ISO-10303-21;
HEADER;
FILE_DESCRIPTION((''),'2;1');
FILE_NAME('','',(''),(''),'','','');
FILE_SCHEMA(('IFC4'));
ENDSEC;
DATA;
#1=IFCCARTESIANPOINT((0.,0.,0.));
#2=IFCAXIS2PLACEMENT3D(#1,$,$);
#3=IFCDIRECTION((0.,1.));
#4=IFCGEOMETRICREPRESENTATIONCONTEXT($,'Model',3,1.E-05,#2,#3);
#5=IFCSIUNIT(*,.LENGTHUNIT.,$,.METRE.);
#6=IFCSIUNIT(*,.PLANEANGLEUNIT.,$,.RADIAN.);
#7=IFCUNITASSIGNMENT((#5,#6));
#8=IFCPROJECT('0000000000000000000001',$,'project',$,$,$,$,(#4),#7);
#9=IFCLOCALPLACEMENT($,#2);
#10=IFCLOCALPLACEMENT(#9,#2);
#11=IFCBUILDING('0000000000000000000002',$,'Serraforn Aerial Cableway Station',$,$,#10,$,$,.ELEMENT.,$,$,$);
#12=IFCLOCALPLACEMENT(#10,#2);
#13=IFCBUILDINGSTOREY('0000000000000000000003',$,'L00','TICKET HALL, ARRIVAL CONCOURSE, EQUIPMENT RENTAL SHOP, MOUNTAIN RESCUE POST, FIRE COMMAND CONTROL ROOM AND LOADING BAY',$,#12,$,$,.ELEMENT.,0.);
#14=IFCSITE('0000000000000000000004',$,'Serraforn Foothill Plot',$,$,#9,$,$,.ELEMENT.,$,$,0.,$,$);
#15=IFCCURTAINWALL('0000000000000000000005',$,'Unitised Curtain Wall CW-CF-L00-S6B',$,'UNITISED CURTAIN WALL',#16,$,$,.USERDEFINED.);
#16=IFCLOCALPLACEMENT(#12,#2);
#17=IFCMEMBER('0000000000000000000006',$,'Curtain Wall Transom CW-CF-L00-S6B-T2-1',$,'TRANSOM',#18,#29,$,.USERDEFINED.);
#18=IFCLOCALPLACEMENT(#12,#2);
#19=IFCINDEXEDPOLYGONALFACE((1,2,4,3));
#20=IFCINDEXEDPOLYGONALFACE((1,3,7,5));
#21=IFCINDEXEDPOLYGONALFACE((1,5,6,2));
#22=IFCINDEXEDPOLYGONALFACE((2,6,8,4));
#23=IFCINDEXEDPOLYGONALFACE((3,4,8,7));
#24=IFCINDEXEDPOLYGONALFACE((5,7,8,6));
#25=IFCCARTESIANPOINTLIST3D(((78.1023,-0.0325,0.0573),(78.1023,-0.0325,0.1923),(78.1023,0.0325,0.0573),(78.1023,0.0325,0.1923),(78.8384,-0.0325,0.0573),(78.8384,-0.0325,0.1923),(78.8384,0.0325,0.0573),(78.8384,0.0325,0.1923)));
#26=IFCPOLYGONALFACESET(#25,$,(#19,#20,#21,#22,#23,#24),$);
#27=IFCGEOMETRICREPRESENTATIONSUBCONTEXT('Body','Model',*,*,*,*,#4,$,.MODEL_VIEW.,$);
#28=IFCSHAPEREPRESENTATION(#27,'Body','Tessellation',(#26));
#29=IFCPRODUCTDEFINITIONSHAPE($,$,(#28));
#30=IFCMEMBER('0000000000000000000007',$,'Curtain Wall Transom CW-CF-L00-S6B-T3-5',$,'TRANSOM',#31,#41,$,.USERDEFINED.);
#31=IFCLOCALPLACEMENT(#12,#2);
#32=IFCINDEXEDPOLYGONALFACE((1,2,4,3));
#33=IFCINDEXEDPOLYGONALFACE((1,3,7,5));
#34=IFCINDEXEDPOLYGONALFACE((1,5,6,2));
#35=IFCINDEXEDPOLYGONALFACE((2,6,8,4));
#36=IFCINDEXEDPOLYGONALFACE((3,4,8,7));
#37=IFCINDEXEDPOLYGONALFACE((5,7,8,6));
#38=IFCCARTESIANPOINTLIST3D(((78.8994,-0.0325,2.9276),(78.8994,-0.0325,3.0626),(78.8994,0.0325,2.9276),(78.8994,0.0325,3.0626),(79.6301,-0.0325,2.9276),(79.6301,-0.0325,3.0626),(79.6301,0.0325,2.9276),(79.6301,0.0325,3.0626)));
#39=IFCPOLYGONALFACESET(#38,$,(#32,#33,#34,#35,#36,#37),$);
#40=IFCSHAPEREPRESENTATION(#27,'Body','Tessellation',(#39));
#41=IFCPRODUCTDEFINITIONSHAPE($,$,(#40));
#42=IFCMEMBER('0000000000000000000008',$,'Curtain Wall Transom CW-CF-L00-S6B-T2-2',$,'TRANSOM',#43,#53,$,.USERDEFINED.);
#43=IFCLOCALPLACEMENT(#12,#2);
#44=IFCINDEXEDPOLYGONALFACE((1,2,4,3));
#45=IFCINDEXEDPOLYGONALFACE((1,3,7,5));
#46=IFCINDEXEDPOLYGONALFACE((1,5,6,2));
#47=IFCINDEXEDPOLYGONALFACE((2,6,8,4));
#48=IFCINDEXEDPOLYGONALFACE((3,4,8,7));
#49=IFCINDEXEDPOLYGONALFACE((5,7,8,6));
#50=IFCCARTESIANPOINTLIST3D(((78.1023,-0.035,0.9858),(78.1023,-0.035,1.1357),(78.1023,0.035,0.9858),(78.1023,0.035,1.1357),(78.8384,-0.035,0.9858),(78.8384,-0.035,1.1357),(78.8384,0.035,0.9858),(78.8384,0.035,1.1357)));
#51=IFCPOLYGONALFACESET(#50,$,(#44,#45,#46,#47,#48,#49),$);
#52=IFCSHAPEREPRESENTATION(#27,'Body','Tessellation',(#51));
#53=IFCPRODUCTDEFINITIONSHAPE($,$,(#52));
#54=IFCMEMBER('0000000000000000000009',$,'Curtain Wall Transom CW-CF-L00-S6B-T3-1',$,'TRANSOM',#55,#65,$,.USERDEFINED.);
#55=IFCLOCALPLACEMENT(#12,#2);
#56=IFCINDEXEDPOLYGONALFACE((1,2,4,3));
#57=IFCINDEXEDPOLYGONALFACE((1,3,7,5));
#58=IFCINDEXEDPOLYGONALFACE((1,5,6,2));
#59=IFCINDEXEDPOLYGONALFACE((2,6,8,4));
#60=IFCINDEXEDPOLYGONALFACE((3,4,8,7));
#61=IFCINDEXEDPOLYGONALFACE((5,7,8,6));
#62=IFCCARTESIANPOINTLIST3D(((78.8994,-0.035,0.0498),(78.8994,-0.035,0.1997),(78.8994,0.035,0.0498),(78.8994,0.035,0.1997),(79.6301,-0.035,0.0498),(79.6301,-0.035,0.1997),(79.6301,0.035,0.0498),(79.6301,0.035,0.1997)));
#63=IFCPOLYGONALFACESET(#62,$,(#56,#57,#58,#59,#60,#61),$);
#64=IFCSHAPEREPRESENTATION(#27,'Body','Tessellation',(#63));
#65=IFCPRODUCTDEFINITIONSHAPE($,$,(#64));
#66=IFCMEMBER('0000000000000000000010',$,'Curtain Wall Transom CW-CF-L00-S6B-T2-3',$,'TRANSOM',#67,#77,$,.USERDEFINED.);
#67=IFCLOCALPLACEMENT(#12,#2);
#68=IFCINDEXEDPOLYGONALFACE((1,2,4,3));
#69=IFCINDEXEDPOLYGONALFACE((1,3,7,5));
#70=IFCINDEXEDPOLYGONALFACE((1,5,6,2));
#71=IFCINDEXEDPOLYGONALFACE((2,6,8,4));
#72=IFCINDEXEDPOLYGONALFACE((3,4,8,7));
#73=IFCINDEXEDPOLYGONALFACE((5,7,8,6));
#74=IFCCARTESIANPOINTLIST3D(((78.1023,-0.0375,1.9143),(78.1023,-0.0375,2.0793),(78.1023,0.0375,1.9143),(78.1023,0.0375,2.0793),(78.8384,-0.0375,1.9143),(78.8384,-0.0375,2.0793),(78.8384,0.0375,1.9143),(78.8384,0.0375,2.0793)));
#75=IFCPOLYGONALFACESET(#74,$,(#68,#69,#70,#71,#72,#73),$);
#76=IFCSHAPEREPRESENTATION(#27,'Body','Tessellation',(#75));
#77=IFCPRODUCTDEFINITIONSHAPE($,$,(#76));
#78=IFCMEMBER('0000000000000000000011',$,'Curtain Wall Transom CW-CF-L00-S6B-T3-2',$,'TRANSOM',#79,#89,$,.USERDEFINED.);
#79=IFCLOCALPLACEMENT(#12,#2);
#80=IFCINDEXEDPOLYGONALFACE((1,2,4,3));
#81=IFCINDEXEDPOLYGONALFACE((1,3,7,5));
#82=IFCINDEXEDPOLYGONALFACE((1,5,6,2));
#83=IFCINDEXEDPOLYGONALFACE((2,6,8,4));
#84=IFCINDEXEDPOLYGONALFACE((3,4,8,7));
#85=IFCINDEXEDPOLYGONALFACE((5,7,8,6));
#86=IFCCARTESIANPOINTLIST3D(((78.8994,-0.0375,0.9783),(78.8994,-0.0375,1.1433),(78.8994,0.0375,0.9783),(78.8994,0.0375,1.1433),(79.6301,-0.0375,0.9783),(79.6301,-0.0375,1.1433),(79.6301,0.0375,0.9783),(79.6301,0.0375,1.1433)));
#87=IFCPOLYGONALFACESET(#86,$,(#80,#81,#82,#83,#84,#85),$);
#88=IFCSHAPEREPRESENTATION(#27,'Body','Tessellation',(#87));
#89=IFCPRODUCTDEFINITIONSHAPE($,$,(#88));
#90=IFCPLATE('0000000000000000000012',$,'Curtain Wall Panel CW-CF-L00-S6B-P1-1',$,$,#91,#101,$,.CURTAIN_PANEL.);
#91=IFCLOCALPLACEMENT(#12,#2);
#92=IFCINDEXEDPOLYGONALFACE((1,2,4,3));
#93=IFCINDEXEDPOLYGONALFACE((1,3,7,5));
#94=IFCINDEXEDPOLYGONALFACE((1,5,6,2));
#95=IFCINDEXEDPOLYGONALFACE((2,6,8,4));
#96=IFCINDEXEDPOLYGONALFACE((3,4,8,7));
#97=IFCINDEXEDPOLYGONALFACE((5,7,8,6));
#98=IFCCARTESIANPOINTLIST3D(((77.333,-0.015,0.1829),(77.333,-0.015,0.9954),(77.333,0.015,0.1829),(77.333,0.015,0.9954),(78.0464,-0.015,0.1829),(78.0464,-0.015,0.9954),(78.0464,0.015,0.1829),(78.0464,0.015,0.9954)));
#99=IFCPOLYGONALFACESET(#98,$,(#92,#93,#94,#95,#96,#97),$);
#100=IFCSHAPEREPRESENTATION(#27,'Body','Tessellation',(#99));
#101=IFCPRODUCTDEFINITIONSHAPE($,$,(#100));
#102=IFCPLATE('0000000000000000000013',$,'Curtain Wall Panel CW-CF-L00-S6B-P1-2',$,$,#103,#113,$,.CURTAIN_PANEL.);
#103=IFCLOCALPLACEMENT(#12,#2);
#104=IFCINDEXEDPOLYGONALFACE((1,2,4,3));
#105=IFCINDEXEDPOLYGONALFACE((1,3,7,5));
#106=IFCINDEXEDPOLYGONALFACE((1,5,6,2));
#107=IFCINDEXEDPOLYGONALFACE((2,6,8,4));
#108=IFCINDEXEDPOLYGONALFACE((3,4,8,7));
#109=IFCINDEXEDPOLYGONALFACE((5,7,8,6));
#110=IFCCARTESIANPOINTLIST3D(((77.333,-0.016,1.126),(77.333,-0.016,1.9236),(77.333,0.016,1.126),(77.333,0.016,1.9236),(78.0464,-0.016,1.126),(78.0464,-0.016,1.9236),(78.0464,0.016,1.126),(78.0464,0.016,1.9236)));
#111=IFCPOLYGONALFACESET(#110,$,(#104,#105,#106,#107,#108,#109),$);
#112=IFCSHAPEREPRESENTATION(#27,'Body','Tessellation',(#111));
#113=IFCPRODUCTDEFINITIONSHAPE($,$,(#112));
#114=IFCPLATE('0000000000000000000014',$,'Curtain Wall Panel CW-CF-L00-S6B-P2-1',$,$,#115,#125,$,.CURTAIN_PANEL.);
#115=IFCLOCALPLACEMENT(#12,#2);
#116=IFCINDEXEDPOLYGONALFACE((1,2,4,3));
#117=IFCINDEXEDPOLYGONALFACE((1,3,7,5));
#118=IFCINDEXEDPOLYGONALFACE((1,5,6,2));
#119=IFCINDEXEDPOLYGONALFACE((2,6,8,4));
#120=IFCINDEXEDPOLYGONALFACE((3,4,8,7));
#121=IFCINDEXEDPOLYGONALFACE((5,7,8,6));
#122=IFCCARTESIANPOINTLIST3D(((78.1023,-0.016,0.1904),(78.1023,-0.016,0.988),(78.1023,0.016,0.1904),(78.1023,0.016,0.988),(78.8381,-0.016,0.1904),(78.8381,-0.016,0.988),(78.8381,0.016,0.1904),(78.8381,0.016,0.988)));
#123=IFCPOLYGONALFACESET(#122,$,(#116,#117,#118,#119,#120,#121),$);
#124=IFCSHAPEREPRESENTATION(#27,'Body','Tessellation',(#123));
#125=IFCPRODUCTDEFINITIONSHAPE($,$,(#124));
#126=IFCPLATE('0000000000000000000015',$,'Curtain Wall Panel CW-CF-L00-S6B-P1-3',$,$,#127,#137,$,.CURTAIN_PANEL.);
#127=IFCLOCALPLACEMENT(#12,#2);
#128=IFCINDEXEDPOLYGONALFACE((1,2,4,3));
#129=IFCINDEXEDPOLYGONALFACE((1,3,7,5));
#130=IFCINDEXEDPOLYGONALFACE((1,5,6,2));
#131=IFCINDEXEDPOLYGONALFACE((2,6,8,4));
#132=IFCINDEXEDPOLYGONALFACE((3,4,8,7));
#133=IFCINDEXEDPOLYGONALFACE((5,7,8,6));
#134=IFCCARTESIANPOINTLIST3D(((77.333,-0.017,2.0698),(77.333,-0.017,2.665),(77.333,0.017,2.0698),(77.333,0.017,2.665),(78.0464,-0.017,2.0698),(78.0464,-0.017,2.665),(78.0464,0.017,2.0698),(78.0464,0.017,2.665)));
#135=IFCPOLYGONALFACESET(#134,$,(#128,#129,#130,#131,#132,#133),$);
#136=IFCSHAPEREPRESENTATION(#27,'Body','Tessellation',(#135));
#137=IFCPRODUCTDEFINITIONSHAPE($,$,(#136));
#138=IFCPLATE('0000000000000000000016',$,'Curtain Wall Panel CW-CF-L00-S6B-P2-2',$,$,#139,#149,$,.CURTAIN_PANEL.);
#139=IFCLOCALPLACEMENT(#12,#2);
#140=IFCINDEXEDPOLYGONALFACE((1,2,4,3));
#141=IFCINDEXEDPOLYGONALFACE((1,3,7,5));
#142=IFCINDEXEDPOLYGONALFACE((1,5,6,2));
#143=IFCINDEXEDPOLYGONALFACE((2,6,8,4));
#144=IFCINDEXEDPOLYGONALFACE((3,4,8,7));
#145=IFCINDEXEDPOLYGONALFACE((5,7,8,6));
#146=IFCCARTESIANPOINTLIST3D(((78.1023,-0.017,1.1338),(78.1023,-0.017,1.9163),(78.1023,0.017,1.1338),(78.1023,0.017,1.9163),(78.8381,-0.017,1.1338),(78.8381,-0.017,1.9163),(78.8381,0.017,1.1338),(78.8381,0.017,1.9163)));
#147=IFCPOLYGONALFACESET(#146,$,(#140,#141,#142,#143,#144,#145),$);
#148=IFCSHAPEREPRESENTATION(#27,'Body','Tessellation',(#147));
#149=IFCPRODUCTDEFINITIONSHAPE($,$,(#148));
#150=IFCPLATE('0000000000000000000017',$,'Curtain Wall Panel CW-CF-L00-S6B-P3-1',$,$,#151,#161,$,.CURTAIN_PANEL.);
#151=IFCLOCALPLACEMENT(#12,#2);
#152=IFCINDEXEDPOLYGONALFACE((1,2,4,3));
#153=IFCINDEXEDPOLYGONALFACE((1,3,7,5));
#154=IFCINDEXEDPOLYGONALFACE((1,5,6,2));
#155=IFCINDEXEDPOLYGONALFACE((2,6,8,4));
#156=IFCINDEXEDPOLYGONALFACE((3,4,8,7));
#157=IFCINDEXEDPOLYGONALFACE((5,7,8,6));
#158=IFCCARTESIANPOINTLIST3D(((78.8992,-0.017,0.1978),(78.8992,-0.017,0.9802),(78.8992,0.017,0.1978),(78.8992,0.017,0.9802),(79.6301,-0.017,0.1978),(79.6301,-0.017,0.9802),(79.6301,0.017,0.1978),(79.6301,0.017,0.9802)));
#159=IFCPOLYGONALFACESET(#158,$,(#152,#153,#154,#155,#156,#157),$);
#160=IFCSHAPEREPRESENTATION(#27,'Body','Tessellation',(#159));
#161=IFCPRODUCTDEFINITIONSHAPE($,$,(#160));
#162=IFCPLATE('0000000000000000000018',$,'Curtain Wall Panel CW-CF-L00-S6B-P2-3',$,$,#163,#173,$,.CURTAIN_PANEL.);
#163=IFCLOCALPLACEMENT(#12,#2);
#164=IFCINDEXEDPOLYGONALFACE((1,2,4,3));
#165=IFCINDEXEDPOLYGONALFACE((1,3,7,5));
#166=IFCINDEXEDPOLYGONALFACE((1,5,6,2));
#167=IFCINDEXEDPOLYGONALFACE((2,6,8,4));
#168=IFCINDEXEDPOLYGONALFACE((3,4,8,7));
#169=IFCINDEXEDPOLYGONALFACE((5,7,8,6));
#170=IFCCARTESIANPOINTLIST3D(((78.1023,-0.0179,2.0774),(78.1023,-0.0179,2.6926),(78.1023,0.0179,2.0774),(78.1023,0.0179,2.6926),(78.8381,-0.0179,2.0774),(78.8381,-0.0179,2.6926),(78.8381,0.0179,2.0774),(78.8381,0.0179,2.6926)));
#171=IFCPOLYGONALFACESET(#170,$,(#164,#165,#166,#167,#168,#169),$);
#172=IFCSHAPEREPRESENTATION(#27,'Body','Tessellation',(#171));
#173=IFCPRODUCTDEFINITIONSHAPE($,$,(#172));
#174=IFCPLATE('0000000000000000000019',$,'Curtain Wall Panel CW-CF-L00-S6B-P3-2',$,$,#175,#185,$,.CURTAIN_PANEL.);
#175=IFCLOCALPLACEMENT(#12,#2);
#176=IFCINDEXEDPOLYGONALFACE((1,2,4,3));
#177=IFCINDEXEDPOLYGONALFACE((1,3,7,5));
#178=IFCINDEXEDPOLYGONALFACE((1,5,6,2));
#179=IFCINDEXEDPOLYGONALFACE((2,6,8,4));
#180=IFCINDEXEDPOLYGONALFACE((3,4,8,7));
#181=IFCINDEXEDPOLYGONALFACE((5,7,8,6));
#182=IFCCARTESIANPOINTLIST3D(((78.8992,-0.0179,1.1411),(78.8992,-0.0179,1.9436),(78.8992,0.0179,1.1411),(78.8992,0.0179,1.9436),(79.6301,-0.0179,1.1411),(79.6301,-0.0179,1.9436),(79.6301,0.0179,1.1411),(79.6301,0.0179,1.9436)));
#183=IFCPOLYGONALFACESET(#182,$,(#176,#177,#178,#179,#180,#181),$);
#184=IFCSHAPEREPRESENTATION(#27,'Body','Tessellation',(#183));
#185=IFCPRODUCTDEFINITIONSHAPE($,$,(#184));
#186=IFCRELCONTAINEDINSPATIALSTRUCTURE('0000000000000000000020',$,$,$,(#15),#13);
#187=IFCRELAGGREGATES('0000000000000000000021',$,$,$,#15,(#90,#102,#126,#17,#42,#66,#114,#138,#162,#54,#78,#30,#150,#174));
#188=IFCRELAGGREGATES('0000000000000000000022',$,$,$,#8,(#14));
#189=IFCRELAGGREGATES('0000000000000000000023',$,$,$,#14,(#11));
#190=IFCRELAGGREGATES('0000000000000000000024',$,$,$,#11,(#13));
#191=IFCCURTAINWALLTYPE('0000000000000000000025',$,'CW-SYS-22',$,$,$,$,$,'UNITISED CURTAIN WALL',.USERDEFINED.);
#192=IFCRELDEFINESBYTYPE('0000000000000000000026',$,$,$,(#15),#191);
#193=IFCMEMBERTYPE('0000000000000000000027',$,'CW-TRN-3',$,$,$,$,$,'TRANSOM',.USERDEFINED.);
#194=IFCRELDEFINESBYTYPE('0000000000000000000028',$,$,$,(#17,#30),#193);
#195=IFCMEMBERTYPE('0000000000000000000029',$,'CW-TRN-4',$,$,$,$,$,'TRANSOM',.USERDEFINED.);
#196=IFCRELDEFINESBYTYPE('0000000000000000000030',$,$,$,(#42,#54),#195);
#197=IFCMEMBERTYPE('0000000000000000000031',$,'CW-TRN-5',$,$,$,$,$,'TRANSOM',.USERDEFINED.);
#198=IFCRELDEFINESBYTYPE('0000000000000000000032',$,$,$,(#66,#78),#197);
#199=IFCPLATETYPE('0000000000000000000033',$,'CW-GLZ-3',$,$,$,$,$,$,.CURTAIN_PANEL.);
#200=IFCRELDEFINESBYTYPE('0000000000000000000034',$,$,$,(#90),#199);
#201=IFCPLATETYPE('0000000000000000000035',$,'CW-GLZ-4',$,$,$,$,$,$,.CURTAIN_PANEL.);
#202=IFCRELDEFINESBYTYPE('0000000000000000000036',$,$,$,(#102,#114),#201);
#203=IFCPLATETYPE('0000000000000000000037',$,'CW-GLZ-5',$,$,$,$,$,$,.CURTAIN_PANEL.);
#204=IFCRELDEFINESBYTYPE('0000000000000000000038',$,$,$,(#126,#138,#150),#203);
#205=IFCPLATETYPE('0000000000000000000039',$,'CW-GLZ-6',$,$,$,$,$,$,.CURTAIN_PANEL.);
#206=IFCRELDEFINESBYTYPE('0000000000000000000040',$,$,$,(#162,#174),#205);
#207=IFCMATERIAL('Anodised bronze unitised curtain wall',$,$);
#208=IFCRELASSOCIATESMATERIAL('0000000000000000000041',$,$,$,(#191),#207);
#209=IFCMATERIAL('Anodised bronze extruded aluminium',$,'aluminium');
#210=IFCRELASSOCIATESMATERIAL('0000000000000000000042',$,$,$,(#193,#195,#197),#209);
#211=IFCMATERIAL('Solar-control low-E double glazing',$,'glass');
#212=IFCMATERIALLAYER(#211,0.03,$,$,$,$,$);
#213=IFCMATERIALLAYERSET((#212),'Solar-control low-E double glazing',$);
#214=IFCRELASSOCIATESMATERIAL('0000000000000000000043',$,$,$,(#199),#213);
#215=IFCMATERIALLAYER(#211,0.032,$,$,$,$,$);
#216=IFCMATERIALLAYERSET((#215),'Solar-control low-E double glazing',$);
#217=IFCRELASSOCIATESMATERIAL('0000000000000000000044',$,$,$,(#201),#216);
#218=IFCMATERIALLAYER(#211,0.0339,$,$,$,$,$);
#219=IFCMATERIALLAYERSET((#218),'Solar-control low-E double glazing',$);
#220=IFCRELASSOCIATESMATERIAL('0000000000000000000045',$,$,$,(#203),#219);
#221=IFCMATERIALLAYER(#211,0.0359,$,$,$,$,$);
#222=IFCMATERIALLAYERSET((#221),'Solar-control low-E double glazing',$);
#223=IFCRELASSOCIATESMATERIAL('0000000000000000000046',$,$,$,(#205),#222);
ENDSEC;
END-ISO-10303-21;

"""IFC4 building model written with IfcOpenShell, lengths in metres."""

from ifc_helpers import new_model, si_unit, direction, frame, origin, origin_2d, place, context, subcontext, project, spatial, rectangle, extrude, material, layer, layer_set, material_profile, profile_set, type_object, element, aggregate, save


model = new_model("IFC4")

# Units and contexts
model_context = context("Model", 3, precision=1e-05, world=origin(), true_north=direction((0.0, 1.0)))
body_context = subcontext(model_context, "Body", "Model", "MODEL_VIEW")
ifc_project = project(units=[si_unit("LENGTHUNIT", "METRE"), si_unit("PLANEANGLEUNIT", "RADIAN")], contexts=[model_context])

# Site, building, storey
site_placement = place(None, origin())
site = spatial("IfcSite", under=ifc_project, at=site_placement, Name="Serraforn Foothill Plot", CompositionType="ELEMENT", RefElevation=0.0)
building_placement = place(site_placement, origin())
building = spatial("IfcBuilding", under=site, at=building_placement, Name="Serraforn Aerial Cableway Station", CompositionType="ELEMENT")
storey_placement = place(building_placement, origin())
storey = spatial("IfcBuildingStorey", under=building, at=storey_placement, Name="L00", Description="TICKET HALL, ARRIVAL CONCOURSE, EQUIPMENT RENTAL SHOP, MOUNTAIN RESCUE POST, FIRE COMMAND CONTROL ROOM AND LOADING BAY", CompositionType="ELEMENT", Elevation=0.0)

# Curtain wall, members, plates
ifc_material_1 = material(Name="Anodised bronze unitised curtain wall")
curtain_wall_type = type_object("IfcCurtainWallType", Name="CW-SYS-22", ElementType="UNITISED CURTAIN WALL", PredefinedType="USERDEFINED", material=ifc_material_1)
curtain_wall_placement = place(storey_placement, origin())
curtain_wall = element("IfcCurtainWall", 1, at=curtain_wall_placement, inside=storey, type_object=curtain_wall_type, Name="Unitised Curtain Wall CW-CF-L00-S6B", ObjectType="UNITISED CURTAIN WALL", PredefinedType="USERDEFINED")
ifc_material_2 = material(Name="Anodised bronze extruded aluminium", Category="aluminium")
ifc_material_profile_1 = material_profile(ifc_material_2, rectangle(XDim=0.0649, YDim=0.135, at=origin_2d()), Name="CW TRANSOM 65x135")
ifc_profile_set_1 = profile_set([ifc_material_profile_1], Name="Anodised bronze extruded aluminium")
member_type_1 = type_object("IfcMemberType", Name="CW-TRN-3", ElementType="TRANSOM", PredefinedType="USERDEFINED", material=ifc_profile_set_1)
member_1_placement = place(storey_placement, frame((78.1023, 0.0, 0.1248), z_axis=(1.0, 0.0, 0.0), x_axis=(0.0, 1.0, 0.0)))
member_1 = element("IfcMember", 2, at=member_1_placement, type_object=member_type_1, Name="Curtain Wall Transom CW-CF-L00-S6B-T2-1", ObjectType="TRANSOM", PredefinedType="USERDEFINED", context=body_context, shape_type="SweptSolid", body=[
    extrude(rectangle(XDim=0.0649, YDim=0.135, at=origin_2d()), origin(), (0.0, 0.0, 1.0), 0.7361),
])
member_2_placement = place(storey_placement, frame((78.8994, 0.0, 2.9951), z_axis=(1.0, 0.0, 0.0), x_axis=(0.0, 1.0, 0.0)))
member_2 = element("IfcMember", 3, at=member_2_placement, type_object=member_type_1, Name="Curtain Wall Transom CW-CF-L00-S6B-T3-5", ObjectType="TRANSOM", PredefinedType="USERDEFINED", context=body_context, shape_type="SweptSolid", body=[
    extrude(rectangle(XDim=0.0649, YDim=0.135, at=origin_2d()), origin(), (0.0, 0.0, 1.0), 0.7307),
])
ifc_material_profile_2 = material_profile(ifc_material_2, rectangle(XDim=0.0701, YDim=0.1499, at=origin_2d()), Name="CW TRANSOM 70x150")
ifc_profile_set_2 = profile_set([ifc_material_profile_2], Name="Anodised bronze extruded aluminium")
member_type_2 = type_object("IfcMemberType", Name="CW-TRN-4", ElementType="TRANSOM", PredefinedType="USERDEFINED", material=ifc_profile_set_2)
member_3_placement = place(storey_placement, frame((78.1023, 0.0, 1.0608), z_axis=(1.0, 0.0, 0.0), x_axis=(0.0, 1.0, 0.0)))
member_3 = element("IfcMember", 4, at=member_3_placement, type_object=member_type_2, Name="Curtain Wall Transom CW-CF-L00-S6B-T2-2", ObjectType="TRANSOM", PredefinedType="USERDEFINED", context=body_context, shape_type="SweptSolid", body=[
    extrude(rectangle(XDim=0.0701, YDim=0.1499, at=origin_2d()), origin(), (0.0, 0.0, 1.0), 0.7361),
])
member_4_placement = place(storey_placement, frame((78.8994, 0.0, 0.1248), z_axis=(1.0, 0.0, 0.0), x_axis=(0.0, 1.0, 0.0)))
member_4 = element("IfcMember", 5, at=member_4_placement, type_object=member_type_2, Name="Curtain Wall Transom CW-CF-L00-S6B-T3-1", ObjectType="TRANSOM", PredefinedType="USERDEFINED", context=body_context, shape_type="SweptSolid", body=[
    extrude(rectangle(XDim=0.0701, YDim=0.1499, at=origin_2d()), origin(), (0.0, 0.0, 1.0), 0.7307),
])
ifc_material_profile_3 = material_profile(ifc_material_2, rectangle(XDim=0.075, YDim=0.165, at=origin_2d()), Name="CW TRANSOM 75x165")
ifc_profile_set_3 = profile_set([ifc_material_profile_3], Name="Anodised bronze extruded aluminium")
member_type_3 = type_object("IfcMemberType", Name="CW-TRN-5", ElementType="TRANSOM", PredefinedType="USERDEFINED", material=ifc_profile_set_3)
member_5_placement = place(storey_placement, frame((78.1023, 0.0, 1.9968), z_axis=(1.0, 0.0, 0.0), x_axis=(0.0, 1.0, 0.0)))
member_5 = element("IfcMember", 6, at=member_5_placement, type_object=member_type_3, Name="Curtain Wall Transom CW-CF-L00-S6B-T2-3", ObjectType="TRANSOM", PredefinedType="USERDEFINED", context=body_context, shape_type="SweptSolid", body=[
    extrude(rectangle(XDim=0.075, YDim=0.165, at=origin_2d()), origin(), (0.0, 0.0, 1.0), 0.7361),
])
member_6_placement = place(storey_placement, frame((78.8994, 0.0, 1.0608), z_axis=(1.0, 0.0, 0.0), x_axis=(0.0, 1.0, 0.0)))
member_6 = element("IfcMember", 7, at=member_6_placement, type_object=member_type_3, Name="Curtain Wall Transom CW-CF-L00-S6B-T3-2", ObjectType="TRANSOM", PredefinedType="USERDEFINED", context=body_context, shape_type="SweptSolid", body=[
    extrude(rectangle(XDim=0.075, YDim=0.165, at=origin_2d()), origin(), (0.0, 0.0, 1.0), 0.7307),
])
ifc_material_3 = material(Name="Solar-control low-E double glazing", Category="glass")
ifc_layer_1 = layer(ifc_material_3, 0.03)
ifc_layer_set_1 = layer_set([ifc_layer_1], Name="Solar-control low-E double glazing")
plate_type_1 = type_object("IfcPlateType", Name="CW-GLZ-3", PredefinedType="CURTAIN_PANEL", material=ifc_layer_set_1)
plate_1_placement = place(storey_placement, frame((77.6897, 0.0, 0.1829), z_axis=(0.0, 0.0, 1.0), x_axis=(1.0, 0.0, 0.0)))
plate_1 = element("IfcPlate", 8, at=plate_1_placement, type_object=plate_type_1, Name="Curtain Wall Panel CW-CF-L00-S6B-P1-1", PredefinedType="CURTAIN_PANEL", context=body_context, shape_type="SweptSolid", body=[
    extrude(rectangle(XDim=0.7134, YDim=0.03, at=origin_2d()), origin(), (0.0, 0.0, 1.0), 0.8125),
])
ifc_layer_2 = layer(ifc_material_3, 0.032)
ifc_layer_set_2 = layer_set([ifc_layer_2], Name="Solar-control low-E double glazing")
plate_type_2 = type_object("IfcPlateType", Name="CW-GLZ-4", PredefinedType="CURTAIN_PANEL", material=ifc_layer_set_2)
plate_2_placement = place(storey_placement, frame((77.6897, 0.0, 1.126), z_axis=(0.0, 0.0, 1.0), x_axis=(1.0, 0.0, 0.0)))
plate_2 = element("IfcPlate", 9, at=plate_2_placement, type_object=plate_type_2, Name="Curtain Wall Panel CW-CF-L00-S6B-P1-2", PredefinedType="CURTAIN_PANEL", context=body_context, shape_type="SweptSolid", body=[
    extrude(rectangle(XDim=0.7134, YDim=0.032, at=origin_2d()), origin(), (0.0, 0.0, 1.0), 0.7976),
])
plate_3_placement = place(storey_placement, frame((78.4702, 0.0, 0.1904), z_axis=(0.0, 0.0, 1.0), x_axis=(1.0, 0.0, 0.0)))
plate_3 = element("IfcPlate", 10, at=plate_3_placement, type_object=plate_type_2, Name="Curtain Wall Panel CW-CF-L00-S6B-P2-1", PredefinedType="CURTAIN_PANEL", context=body_context, shape_type="SweptSolid", body=[
    extrude(rectangle(XDim=0.7358, YDim=0.032, at=origin_2d()), origin(), (0.0, 0.0, 1.0), 0.7976),
])
ifc_layer_3 = layer(ifc_material_3, 0.0339)
ifc_layer_set_3 = layer_set([ifc_layer_3], Name="Solar-control low-E double glazing")
plate_type_3 = type_object("IfcPlateType", Name="CW-GLZ-5", PredefinedType="CURTAIN_PANEL", material=ifc_layer_set_3)
plate_4_placement = place(storey_placement, frame((77.6897, 0.0, 2.0698), z_axis=(0.0, 0.0, 1.0), x_axis=(1.0, 0.0, 0.0)))
plate_4 = element("IfcPlate", 11, at=plate_4_placement, type_object=plate_type_3, Name="Curtain Wall Panel CW-CF-L00-S6B-P1-3", PredefinedType="CURTAIN_PANEL", context=body_context, shape_type="SweptSolid", body=[
    extrude(rectangle(XDim=0.7134, YDim=0.0339, at=origin_2d()), origin(), (0.0, 0.0, 1.0), 0.5952),
])
plate_5_placement = place(storey_placement, frame((78.4702, 0.0, 1.1338), z_axis=(0.0, 0.0, 1.0), x_axis=(1.0, 0.0, 0.0)))
plate_5 = element("IfcPlate", 12, at=plate_5_placement, type_object=plate_type_3, Name="Curtain Wall Panel CW-CF-L00-S6B-P2-2", PredefinedType="CURTAIN_PANEL", context=body_context, shape_type="SweptSolid", body=[
    extrude(rectangle(XDim=0.7358, YDim=0.0339, at=origin_2d()), origin(), (0.0, 0.0, 1.0), 0.7825),
])
plate_6_placement = place(storey_placement, frame((79.2646, 0.0, 0.1978), z_axis=(0.0, 0.0, 1.0), x_axis=(1.0, 0.0, 0.0)))
plate_6 = element("IfcPlate", 13, at=plate_6_placement, type_object=plate_type_3, Name="Curtain Wall Panel CW-CF-L00-S6B-P3-1", PredefinedType="CURTAIN_PANEL", context=body_context, shape_type="SweptSolid", body=[
    extrude(rectangle(XDim=0.731, YDim=0.0339, at=origin_2d()), origin(), (0.0, 0.0, 1.0), 0.7825),
])
ifc_layer_4 = layer(ifc_material_3, 0.0359)
ifc_layer_set_4 = layer_set([ifc_layer_4], Name="Solar-control low-E double glazing")
plate_type_4 = type_object("IfcPlateType", Name="CW-GLZ-6", PredefinedType="CURTAIN_PANEL", material=ifc_layer_set_4)
plate_7_placement = place(storey_placement, frame((78.4702, 0.0, 2.0774), z_axis=(0.0, 0.0, 1.0), x_axis=(1.0, 0.0, 0.0)))
plate_7 = element("IfcPlate", 14, at=plate_7_placement, type_object=plate_type_4, Name="Curtain Wall Panel CW-CF-L00-S6B-P2-3", PredefinedType="CURTAIN_PANEL", context=body_context, shape_type="SweptSolid", body=[
    extrude(rectangle(XDim=0.7358, YDim=0.0359, at=origin_2d()), origin(), (0.0, 0.0, 1.0), 0.6152),
])
plate_8_placement = place(storey_placement, frame((79.2646, 0.0, 1.1411), z_axis=(0.0, 0.0, 1.0), x_axis=(1.0, 0.0, 0.0)))
plate_8 = element("IfcPlate", 15, at=plate_8_placement, type_object=plate_type_4, Name="Curtain Wall Panel CW-CF-L00-S6B-P3-2", PredefinedType="CURTAIN_PANEL", context=body_context, shape_type="SweptSolid", body=[
    extrude(rectangle(XDim=0.731, YDim=0.0359, at=origin_2d()), origin(), (0.0, 0.0, 1.0), 0.8025),
])
aggregate(curtain_wall, [plate_1, plate_2, plate_4, member_1, member_3, member_5, plate_3, plate_5, plate_7, member_4, member_6, member_2, plate_6, plate_8])

save(model, "model.ifc")
